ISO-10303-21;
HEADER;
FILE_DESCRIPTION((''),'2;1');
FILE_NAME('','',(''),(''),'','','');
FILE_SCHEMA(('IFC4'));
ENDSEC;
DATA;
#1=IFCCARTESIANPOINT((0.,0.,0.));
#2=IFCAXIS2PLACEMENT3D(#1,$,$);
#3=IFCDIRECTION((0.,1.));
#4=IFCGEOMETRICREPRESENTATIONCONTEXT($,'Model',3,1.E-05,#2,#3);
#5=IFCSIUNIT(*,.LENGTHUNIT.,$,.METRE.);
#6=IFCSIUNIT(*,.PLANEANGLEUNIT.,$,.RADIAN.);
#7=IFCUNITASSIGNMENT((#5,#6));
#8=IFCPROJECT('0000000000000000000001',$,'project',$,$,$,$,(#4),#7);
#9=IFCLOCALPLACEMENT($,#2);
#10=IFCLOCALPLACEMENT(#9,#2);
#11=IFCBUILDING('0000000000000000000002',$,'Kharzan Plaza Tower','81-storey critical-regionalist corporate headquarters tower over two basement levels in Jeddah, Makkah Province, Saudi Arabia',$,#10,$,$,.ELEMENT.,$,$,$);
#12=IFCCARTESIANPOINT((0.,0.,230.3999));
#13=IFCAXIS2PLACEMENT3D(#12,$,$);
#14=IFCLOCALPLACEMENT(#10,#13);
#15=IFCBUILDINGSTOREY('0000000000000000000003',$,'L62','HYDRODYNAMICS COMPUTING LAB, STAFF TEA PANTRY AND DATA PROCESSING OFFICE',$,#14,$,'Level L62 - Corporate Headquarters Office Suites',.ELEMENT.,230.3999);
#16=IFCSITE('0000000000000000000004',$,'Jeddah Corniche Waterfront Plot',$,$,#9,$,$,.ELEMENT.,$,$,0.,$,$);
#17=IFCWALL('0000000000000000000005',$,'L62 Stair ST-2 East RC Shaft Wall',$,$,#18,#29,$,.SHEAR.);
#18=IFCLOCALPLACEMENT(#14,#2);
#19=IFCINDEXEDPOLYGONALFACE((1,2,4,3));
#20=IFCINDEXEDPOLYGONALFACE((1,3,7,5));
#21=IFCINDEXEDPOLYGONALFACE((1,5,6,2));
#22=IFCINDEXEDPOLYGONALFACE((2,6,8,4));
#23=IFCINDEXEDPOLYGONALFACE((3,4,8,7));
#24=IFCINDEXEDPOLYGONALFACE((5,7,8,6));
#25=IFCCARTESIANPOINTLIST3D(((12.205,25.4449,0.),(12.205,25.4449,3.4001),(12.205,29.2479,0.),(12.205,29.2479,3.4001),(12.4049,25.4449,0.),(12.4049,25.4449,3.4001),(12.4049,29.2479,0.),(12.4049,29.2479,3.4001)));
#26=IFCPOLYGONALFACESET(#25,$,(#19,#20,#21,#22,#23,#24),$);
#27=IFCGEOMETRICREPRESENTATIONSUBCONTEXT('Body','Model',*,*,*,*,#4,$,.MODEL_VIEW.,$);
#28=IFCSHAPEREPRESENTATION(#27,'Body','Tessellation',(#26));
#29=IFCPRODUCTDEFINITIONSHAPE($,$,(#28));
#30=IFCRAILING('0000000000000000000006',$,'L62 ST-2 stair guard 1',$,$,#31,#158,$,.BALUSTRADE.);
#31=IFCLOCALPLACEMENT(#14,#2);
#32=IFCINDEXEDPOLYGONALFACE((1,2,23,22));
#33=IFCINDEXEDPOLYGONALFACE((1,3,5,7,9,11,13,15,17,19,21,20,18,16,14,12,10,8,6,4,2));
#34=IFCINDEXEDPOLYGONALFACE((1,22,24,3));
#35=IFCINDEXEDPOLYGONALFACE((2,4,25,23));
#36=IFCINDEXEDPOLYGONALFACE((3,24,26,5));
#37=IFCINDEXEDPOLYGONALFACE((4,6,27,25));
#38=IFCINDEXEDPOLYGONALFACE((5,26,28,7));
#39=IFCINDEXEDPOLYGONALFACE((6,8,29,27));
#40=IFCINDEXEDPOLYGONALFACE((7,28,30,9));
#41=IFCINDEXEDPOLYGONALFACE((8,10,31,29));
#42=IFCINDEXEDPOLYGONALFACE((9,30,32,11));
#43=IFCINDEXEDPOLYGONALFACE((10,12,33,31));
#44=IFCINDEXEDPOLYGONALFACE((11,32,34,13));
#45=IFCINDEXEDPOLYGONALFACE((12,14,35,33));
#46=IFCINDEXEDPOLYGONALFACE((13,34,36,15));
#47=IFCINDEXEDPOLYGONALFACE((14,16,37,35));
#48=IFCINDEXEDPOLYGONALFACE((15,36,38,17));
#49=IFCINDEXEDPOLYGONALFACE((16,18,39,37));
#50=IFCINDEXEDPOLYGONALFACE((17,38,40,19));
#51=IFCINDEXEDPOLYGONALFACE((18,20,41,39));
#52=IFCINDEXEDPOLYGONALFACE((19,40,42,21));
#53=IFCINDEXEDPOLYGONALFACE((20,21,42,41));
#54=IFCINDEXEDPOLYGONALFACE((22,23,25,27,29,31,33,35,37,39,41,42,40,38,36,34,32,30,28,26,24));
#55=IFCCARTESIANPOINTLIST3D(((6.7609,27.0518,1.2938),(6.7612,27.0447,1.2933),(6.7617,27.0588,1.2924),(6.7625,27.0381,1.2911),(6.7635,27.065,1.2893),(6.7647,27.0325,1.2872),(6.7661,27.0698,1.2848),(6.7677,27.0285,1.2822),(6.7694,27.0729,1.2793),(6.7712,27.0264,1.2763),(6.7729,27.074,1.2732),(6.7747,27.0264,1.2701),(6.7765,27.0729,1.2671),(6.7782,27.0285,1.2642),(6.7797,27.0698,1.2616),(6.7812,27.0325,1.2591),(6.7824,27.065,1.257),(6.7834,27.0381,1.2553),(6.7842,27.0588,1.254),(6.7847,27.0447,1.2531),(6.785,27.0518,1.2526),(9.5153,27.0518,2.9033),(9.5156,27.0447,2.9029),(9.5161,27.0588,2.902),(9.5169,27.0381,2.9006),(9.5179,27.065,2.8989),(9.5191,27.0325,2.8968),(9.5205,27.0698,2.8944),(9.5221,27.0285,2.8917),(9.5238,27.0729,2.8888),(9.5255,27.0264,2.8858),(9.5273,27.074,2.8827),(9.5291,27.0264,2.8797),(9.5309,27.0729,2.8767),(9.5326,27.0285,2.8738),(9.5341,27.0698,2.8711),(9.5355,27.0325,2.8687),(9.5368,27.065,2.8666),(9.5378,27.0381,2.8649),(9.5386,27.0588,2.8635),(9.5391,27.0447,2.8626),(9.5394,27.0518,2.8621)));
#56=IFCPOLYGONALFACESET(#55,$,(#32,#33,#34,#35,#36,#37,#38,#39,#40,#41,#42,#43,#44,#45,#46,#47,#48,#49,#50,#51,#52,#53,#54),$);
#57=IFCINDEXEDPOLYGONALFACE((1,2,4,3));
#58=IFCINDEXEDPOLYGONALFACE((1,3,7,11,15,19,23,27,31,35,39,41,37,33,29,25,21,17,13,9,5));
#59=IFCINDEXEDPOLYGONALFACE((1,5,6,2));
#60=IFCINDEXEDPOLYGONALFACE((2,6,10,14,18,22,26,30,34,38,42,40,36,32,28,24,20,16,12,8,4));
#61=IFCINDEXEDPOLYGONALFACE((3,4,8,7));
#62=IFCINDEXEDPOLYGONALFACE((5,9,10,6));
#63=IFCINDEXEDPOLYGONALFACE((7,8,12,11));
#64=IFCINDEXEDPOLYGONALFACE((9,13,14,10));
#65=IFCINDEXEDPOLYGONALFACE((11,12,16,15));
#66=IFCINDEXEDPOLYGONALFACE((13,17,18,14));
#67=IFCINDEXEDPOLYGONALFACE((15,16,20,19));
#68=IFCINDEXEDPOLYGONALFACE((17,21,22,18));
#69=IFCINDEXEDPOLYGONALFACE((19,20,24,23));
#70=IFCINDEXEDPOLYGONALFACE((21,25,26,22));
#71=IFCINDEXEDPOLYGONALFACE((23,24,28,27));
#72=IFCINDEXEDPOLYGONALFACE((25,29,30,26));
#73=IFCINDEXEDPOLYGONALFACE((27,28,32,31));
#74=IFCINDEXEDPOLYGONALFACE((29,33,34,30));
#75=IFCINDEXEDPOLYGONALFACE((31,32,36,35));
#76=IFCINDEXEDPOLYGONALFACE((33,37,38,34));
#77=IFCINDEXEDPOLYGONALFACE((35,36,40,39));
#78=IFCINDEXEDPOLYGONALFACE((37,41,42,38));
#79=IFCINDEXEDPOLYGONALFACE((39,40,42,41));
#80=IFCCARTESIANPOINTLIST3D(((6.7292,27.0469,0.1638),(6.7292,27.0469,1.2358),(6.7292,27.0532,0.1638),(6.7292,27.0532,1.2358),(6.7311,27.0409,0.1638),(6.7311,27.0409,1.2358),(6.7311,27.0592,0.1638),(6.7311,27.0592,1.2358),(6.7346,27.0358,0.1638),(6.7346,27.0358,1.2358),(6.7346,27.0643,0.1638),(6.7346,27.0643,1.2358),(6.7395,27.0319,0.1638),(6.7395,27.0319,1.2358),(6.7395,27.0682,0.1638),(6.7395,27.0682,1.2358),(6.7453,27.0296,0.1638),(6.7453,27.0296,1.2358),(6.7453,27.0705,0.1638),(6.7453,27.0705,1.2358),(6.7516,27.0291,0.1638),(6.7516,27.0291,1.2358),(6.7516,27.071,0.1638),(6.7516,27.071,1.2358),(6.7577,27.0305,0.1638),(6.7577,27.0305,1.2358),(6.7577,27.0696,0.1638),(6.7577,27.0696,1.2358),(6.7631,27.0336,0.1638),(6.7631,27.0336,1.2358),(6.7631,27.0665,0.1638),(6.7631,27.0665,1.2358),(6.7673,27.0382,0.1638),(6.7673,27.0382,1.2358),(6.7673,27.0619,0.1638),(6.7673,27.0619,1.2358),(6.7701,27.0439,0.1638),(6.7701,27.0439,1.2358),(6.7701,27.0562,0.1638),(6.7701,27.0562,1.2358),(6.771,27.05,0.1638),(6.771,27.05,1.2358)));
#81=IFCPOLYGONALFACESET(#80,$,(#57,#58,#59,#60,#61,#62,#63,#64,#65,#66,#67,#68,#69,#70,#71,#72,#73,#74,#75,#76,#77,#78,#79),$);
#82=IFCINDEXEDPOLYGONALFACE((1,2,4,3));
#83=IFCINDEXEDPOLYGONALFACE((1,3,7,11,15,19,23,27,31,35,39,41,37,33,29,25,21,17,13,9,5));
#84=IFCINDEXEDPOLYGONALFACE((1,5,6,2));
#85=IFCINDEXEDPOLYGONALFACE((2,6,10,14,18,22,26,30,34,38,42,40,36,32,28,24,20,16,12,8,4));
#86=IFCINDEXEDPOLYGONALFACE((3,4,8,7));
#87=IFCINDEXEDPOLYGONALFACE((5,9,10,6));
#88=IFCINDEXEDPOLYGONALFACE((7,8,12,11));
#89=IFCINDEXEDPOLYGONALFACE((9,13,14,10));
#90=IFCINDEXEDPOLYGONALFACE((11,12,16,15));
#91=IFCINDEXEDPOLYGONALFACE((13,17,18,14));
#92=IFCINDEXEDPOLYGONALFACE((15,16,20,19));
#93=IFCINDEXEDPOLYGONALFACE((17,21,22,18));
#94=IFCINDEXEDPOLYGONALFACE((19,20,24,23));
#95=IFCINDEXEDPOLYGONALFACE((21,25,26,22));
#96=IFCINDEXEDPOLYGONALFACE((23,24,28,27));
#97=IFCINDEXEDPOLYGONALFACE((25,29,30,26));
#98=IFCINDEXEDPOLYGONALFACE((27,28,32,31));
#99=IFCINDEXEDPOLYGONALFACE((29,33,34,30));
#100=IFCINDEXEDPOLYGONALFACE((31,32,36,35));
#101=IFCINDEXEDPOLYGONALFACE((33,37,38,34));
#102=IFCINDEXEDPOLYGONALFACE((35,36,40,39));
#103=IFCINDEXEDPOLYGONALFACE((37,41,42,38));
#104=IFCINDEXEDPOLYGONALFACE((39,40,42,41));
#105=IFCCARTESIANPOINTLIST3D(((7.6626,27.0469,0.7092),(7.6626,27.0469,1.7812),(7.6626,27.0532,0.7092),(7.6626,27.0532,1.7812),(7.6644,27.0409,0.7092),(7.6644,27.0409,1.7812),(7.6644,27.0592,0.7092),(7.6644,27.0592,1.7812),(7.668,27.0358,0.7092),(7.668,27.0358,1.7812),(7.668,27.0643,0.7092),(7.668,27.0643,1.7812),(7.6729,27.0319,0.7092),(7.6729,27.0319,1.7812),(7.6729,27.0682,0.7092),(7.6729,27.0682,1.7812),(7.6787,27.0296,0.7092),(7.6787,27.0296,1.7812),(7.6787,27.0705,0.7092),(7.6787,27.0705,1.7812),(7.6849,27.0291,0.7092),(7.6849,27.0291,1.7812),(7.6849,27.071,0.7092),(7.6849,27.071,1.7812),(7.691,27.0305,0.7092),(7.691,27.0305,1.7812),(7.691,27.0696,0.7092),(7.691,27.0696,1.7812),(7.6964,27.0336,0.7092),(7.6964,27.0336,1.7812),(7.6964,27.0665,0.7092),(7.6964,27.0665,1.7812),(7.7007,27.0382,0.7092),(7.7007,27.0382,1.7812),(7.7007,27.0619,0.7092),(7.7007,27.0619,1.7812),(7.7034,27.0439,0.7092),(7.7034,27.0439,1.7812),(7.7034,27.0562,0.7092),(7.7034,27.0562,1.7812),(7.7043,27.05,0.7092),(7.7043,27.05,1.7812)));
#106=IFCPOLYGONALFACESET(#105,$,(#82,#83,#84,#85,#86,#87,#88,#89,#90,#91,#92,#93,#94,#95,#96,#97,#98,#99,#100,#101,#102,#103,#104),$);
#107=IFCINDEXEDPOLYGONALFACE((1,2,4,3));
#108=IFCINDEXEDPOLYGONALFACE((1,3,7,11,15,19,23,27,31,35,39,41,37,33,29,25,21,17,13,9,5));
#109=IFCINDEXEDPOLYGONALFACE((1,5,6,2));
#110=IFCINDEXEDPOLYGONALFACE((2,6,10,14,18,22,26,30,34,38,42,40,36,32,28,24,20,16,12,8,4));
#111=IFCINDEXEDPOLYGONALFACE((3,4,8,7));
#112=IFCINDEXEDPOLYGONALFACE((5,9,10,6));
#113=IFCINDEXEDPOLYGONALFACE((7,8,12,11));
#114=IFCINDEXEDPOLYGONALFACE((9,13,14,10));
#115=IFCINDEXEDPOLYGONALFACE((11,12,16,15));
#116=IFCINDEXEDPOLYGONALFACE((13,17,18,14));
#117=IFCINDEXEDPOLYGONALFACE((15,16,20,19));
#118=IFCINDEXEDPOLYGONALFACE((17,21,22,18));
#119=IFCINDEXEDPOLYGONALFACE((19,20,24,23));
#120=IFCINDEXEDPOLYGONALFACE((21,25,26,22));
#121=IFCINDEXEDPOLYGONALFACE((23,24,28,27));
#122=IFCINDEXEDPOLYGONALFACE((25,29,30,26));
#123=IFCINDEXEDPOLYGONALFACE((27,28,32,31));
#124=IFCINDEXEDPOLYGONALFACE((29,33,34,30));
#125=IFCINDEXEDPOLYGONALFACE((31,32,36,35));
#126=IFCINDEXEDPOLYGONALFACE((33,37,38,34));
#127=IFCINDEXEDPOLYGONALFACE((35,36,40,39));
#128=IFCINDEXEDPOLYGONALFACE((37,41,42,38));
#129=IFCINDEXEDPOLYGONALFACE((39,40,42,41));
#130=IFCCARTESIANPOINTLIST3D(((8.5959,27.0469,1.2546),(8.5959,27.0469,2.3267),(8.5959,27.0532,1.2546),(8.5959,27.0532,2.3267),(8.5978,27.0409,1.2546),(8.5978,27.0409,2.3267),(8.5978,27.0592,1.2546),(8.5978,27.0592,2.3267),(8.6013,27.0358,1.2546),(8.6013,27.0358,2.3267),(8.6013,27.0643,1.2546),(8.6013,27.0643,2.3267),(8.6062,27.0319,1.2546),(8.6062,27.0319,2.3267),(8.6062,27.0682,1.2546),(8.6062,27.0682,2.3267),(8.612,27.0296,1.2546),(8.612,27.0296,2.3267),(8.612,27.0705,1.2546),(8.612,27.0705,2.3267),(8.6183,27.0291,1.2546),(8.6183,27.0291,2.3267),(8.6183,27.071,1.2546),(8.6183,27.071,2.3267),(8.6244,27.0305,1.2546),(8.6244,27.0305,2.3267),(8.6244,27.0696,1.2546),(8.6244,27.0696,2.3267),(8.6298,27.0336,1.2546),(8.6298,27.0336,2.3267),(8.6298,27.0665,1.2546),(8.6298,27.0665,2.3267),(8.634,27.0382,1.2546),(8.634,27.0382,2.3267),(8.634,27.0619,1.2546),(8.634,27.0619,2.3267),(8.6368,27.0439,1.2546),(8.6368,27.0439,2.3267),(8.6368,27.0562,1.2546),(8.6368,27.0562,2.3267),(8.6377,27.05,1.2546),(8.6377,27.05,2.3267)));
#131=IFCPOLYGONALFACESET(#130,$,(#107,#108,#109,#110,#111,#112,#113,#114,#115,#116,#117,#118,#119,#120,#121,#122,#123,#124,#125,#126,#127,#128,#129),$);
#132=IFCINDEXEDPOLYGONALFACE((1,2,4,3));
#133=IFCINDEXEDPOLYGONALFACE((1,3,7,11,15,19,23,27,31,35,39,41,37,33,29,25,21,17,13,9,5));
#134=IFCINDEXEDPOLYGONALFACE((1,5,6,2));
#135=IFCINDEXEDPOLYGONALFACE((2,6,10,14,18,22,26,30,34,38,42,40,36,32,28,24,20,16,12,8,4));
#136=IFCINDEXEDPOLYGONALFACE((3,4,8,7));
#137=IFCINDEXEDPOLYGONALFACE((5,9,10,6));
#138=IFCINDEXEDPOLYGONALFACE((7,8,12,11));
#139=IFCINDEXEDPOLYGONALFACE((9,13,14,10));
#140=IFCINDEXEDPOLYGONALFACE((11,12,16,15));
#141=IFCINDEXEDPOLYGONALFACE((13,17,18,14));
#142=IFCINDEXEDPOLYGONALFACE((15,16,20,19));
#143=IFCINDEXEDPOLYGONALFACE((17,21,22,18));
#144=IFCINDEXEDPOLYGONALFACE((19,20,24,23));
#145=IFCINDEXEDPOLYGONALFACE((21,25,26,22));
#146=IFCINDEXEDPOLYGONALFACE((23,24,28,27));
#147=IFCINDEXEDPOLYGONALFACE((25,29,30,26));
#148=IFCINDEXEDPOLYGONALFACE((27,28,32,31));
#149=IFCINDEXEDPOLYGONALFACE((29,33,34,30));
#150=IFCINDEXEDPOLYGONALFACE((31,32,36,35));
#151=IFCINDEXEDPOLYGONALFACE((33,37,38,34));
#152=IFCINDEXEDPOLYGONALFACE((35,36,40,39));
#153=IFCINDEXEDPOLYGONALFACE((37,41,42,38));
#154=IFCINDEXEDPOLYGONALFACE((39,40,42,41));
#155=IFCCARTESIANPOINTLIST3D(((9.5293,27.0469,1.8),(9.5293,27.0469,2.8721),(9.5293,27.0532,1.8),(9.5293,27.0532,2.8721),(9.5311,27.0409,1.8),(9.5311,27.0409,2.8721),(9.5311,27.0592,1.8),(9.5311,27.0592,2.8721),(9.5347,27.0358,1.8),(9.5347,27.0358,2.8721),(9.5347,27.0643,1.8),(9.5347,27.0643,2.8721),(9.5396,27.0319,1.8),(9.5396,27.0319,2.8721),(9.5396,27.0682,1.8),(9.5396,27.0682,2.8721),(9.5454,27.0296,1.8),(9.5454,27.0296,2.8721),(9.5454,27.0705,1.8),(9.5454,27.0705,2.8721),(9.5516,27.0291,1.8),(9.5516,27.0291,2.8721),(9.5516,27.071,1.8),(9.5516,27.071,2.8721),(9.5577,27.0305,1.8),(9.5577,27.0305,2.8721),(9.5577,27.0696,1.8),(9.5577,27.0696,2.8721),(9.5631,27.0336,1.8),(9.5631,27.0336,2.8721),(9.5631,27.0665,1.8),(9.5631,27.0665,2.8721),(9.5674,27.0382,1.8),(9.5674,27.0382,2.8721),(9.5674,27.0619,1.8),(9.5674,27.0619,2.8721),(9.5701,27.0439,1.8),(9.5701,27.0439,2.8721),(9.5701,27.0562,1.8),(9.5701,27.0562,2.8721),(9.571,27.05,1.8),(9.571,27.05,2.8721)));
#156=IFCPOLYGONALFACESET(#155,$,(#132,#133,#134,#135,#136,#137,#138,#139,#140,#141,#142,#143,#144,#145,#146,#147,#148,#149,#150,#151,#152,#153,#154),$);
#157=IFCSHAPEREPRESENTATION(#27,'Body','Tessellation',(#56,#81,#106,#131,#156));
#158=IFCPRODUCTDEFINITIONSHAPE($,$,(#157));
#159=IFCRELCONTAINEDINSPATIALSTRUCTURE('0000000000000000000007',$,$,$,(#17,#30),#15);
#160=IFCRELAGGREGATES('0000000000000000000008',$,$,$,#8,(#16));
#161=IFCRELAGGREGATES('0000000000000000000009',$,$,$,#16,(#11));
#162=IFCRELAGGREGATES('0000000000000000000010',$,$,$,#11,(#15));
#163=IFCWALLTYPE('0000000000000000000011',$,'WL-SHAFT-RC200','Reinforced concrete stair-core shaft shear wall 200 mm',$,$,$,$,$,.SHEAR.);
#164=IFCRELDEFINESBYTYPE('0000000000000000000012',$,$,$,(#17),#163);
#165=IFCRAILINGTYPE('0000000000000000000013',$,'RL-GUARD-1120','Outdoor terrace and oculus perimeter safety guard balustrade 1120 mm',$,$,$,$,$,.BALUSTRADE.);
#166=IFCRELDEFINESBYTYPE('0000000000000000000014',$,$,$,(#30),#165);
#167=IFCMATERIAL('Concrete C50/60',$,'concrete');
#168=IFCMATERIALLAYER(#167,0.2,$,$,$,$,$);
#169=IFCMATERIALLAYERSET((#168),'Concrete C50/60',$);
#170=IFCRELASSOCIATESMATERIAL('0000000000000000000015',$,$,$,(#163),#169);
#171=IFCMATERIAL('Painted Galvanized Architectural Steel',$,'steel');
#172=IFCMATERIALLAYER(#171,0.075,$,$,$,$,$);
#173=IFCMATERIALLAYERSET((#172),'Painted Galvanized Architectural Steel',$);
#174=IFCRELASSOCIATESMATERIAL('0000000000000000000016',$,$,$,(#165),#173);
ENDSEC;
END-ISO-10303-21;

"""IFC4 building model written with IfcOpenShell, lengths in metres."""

from ifc_helpers import new_model, si_unit, direction, frame, frame_2d, origin, origin_2d, place, context, subcontext, project, spatial, rectangle, circle, extrude, source, transform, mapped, material, layer, layer_set, type_object, element, save


model = new_model("IFC4")

# Units and contexts
model_context = context("Model", 3, precision=1e-05, world=origin(), true_north=direction((0.0, 1.0)))
body_context = subcontext(model_context, "Body", "Model", "MODEL_VIEW")
ifc_project = project(units=[si_unit("LENGTHUNIT", "METRE"), si_unit("PLANEANGLEUNIT", "RADIAN")], contexts=[model_context])

# Site, building, storey
site_placement = place(None, origin())
site = spatial("IfcSite", under=ifc_project, at=site_placement, Name="Jeddah Corniche Waterfront Plot", CompositionType="ELEMENT", RefElevation=0.0)
building_placement = place(site_placement, origin())
building = spatial("IfcBuilding", under=site, at=building_placement, Name="Kharzan Plaza Tower", Description="81-storey critical-regionalist corporate headquarters tower over two basement levels in Jeddah, Makkah Province, Saudi Arabia", CompositionType="ELEMENT")
storey_placement = place(building_placement, frame((0.0, 0.0, 230.3999)))
storey = spatial("IfcBuildingStorey", under=building, at=storey_placement, Name="L62", Description="HYDRODYNAMICS COMPUTING LAB, STAFF TEA PANTRY AND DATA PROCESSING OFFICE", LongName="Level L62 - Corporate Headquarters Office Suites", CompositionType="ELEMENT", Elevation=230.3999)

# Wall
ifc_material_1 = material(Name="Concrete C50/60", Category="concrete")
ifc_layer_1 = layer(ifc_material_1, 0.2)
ifc_layer_set_1 = layer_set([ifc_layer_1], Name="Concrete C50/60")
wall_type_1 = type_object("IfcWallType", Name="WL-SHAFT-RC200", Description="Reinforced concrete stair-core shaft shear wall 200 mm", PredefinedType="SHEAR", material=ifc_layer_set_1)
shared_shape_1 = source(origin(), body_context, "Body", "SweptSolid", [
    extrude(rectangle(XDim=3.803, YDim=0.2, at=frame_2d((1.9014, 0.0))), origin(), (0.0, 0.0, 1.0), 3.4001),
])
wall_1_placement = place(storey_placement, frame((12.3049, 25.4451, 0.0), z_axis=(0.0, 0.0, 1.0), x_axis=(0.0, 1.0, 0.0)))
element("IfcWall", 1, at=wall_1_placement, inside=storey, type_object=wall_type_1, Name="L62 Stair ST-2 East RC Shaft Wall", PredefinedType="SHEAR", context=body_context, shape_type="MappedRepresentation", body=[
    mapped(shared_shape_1, transform((0.0, 0.0, 0.0), x_axis=(1.0, 0.0, 0.0), y_axis=(0.0, 1.0, 0.0), z_axis=(0.0, 0.0, 1.0))),
])

# Railing
ifc_material_2 = material(Name="Painted Galvanized Architectural Steel", Category="steel")
ifc_layer_2 = layer(ifc_material_2, 0.075)
ifc_layer_set_2 = layer_set([ifc_layer_2], Name="Painted Galvanized Architectural Steel")
railing_type = type_object("IfcRailingType", Name="RL-GUARD-1120", Description="Outdoor terrace and oculus perimeter safety guard balustrade 1120 mm", PredefinedType="BALUSTRADE", material=ifc_layer_set_2)
shared_shape_2 = source(origin(), body_context, "Body", "SweptSolid", [
    extrude(circle(Radius=0.0239, at=origin_2d()), frame((0.0229, 0.0, 1.1094), z_axis=(0.863394, 0.0, 0.504531), x_axis=(0.0, 1.0, 0.0)), (0.0, 0.0, 1.0), 3.1902),
    extrude(circle(Radius=0.021, at=origin_2d()), origin(), (0.0, 0.0, 1.0), 1.072),
    extrude(circle(Radius=0.021, at=origin_2d()), frame((0.9333, 0.0, 0.5454)), (0.0, 0.0, 1.0), 1.072),
    extrude(circle(Radius=0.021, at=origin_2d()), frame((1.8667, 0.0, 1.0908)), (0.0, 0.0, 1.0), 1.072),
    extrude(circle(Radius=0.021, at=origin_2d()), frame((2.8, 0.0, 1.6362)), (0.0, 0.0, 1.0), 1.072),
])
railing_placement = place(storey_placement, frame((6.75, 27.05, 0.1638)))
element("IfcRailing", 2, at=railing_placement, inside=storey, type_object=railing_type, Name="L62 ST-2 stair guard 1", PredefinedType="BALUSTRADE", context=body_context, shape_type="MappedRepresentation", body=[
    mapped(shared_shape_2, transform((0.0, 0.0, 0.0), x_axis=(1.0, 0.0, 0.0), y_axis=(0.0, 1.0, 0.0), z_axis=(0.0, 0.0, 1.0))),
])

save(model, "model.ifc")
